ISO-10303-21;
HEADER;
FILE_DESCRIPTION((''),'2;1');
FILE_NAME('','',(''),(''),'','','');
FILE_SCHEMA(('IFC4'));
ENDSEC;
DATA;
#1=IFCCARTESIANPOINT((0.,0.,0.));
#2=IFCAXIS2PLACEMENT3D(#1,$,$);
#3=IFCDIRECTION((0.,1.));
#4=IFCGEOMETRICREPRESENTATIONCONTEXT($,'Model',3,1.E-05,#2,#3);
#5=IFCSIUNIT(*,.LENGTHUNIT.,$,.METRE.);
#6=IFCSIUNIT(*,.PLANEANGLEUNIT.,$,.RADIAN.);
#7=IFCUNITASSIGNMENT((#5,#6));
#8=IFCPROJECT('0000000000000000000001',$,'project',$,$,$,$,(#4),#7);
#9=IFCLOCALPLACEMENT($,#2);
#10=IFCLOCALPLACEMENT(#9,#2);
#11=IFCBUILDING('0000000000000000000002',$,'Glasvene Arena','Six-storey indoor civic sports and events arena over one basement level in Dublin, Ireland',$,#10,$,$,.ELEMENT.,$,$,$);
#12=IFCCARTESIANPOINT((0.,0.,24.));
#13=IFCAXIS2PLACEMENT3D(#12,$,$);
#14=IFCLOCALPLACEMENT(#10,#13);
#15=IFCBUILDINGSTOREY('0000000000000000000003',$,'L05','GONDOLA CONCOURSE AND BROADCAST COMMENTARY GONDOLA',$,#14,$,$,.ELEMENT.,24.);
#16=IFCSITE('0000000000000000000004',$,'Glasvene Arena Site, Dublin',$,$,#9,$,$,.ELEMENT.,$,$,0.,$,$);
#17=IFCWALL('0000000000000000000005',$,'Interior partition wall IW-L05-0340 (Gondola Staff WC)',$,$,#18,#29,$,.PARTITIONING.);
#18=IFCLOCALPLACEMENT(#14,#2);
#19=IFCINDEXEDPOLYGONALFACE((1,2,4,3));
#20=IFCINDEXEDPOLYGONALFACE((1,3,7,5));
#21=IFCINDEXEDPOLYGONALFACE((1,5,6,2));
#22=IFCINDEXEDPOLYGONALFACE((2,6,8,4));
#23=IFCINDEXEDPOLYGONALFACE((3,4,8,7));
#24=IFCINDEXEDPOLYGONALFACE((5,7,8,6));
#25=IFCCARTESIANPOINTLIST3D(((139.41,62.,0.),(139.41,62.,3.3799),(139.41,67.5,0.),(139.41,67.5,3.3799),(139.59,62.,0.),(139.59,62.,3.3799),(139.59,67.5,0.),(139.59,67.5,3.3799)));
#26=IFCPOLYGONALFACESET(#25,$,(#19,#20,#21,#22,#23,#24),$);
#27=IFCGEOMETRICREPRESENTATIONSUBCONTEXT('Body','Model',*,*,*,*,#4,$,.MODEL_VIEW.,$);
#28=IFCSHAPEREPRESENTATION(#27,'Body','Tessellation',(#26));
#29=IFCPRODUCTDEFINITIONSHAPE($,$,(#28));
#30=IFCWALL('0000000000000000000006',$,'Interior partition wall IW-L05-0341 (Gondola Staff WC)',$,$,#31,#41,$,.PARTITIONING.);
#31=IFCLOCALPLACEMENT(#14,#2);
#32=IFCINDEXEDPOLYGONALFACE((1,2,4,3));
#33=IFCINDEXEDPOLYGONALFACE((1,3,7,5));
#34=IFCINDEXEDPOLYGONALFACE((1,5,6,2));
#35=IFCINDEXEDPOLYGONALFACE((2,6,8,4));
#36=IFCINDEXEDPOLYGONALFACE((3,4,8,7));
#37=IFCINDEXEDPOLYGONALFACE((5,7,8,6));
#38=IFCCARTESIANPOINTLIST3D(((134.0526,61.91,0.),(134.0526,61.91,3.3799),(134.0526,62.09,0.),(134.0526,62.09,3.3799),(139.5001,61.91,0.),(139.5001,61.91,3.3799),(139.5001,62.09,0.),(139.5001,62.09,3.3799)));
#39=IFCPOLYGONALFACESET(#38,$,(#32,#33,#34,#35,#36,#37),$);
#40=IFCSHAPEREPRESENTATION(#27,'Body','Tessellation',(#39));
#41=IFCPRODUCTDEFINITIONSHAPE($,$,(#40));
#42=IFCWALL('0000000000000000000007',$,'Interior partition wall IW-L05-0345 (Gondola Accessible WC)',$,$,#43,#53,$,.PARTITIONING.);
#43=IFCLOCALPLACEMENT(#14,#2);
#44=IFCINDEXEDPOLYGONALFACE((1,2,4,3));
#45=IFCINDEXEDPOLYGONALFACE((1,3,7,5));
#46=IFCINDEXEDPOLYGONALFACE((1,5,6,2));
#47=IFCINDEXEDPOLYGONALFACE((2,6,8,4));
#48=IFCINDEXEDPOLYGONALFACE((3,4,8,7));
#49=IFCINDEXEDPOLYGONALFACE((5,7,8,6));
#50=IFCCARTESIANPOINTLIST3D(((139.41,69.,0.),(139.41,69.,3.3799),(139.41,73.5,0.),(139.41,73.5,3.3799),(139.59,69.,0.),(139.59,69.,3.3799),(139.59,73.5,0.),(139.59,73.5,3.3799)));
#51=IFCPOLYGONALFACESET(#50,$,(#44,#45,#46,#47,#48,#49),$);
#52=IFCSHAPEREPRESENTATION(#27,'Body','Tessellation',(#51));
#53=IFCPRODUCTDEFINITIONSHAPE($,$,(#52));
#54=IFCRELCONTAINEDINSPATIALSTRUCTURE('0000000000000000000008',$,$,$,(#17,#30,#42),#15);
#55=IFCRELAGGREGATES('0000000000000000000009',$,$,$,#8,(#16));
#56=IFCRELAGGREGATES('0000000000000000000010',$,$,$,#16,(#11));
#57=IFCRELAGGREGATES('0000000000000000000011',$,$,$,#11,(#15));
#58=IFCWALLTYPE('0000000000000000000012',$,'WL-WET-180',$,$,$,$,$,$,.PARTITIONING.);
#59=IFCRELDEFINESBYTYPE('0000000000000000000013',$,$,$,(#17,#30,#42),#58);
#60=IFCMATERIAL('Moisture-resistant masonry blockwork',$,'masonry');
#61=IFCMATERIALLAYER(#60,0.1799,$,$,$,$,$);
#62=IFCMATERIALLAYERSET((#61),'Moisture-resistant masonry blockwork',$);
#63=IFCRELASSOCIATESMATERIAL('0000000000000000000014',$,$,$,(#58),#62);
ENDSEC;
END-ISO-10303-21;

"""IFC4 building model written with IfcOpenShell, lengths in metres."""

from ifc_helpers import new_model, si_unit, direction, frame, frame_2d, origin, place, context, subcontext, project, spatial, rectangle, extrude, material, layer, layer_set, type_object, element, save


model = new_model("IFC4")

# Units and contexts
model_context = context("Model", 3, precision=1e-05, world=origin(), true_north=direction((0.0, 1.0)))
body_context = subcontext(model_context, "Body", "Model", "MODEL_VIEW")
ifc_project = project(units=[si_unit("LENGTHUNIT", "METRE"), si_unit("PLANEANGLEUNIT", "RADIAN")], contexts=[model_context])

# Site, building, storey
site_placement = place(None, origin())
site = spatial("IfcSite", under=ifc_project, at=site_placement, Name="Glasvene Arena Site, Dublin", CompositionType="ELEMENT", RefElevation=0.0)
building_placement = place(site_placement, origin())
building = spatial("IfcBuilding", under=site, at=building_placement, Name="Glasvene Arena", Description="Six-storey indoor civic sports and events arena over one basement level in Dublin, Ireland", CompositionType="ELEMENT")
storey_placement = place(building_placement, frame((0.0, 0.0, 24.0)))
storey = spatial("IfcBuildingStorey", under=building, at=storey_placement, Name="L05", Description="GONDOLA CONCOURSE AND BROADCAST COMMENTARY GONDOLA", CompositionType="ELEMENT", Elevation=24.0)

# Walls
ifc_material_1 = material(Name="Moisture-resistant masonry blockwork", Category="masonry")
ifc_layer_1 = layer(ifc_material_1, 0.1799)
ifc_layer_set_1 = layer_set([ifc_layer_1], Name="Moisture-resistant masonry blockwork")
wall_type_1 = type_object("IfcWallType", Name="WL-WET-180", PredefinedType="PARTITIONING", material=ifc_layer_set_1)
wall_1_placement = place(storey_placement, frame((139.5, 67.5, 0.0), z_axis=(0.0, 0.0, 1.0), x_axis=(0.0, -1.0, 0.0)))
element("IfcWall", 1, at=wall_1_placement, inside=storey, type_object=wall_type_1, Name="Interior partition wall IW-L05-0340 (Gondola Staff WC)", PredefinedType="PARTITIONING", context=body_context, shape_type="SweptSolid", body=[
    extrude(rectangle(XDim=5.5, YDim=0.1799, at=frame_2d((2.75, 0.0))), origin(), (0.0, 0.0, 1.0), 3.3799),
])
wall_2_placement = place(storey_placement, frame((139.5, 62.0, 0.0), z_axis=(0.0, 0.0, 1.0), x_axis=(-1.0, 0.0, 0.0)))
element("IfcWall", 2, at=wall_2_placement, inside=storey, type_object=wall_type_1, Name="Interior partition wall IW-L05-0341 (Gondola Staff WC)", PredefinedType="PARTITIONING", context=body_context, shape_type="SweptSolid", body=[
    extrude(rectangle(XDim=5.4475, YDim=0.1799, at=frame_2d((2.7236, 0.0))), origin(), (0.0, 0.0, 1.0), 3.3799),
])
wall_3_placement = place(storey_placement, frame((139.5, 73.5, 0.0), z_axis=(0.0, 0.0, 1.0), x_axis=(0.0, -1.0, 0.0)))
element("IfcWall", 3, at=wall_3_placement, inside=storey, type_object=wall_type_1, Name="Interior partition wall IW-L05-0345 (Gondola Accessible WC)", PredefinedType="PARTITIONING", context=body_context, shape_type="SweptSolid", body=[
    extrude(rectangle(XDim=4.5, YDim=0.1799, at=frame_2d((2.25, 0.0))), origin(), (0.0, 0.0, 1.0), 3.3799),
])

save(model, "model.ifc")
